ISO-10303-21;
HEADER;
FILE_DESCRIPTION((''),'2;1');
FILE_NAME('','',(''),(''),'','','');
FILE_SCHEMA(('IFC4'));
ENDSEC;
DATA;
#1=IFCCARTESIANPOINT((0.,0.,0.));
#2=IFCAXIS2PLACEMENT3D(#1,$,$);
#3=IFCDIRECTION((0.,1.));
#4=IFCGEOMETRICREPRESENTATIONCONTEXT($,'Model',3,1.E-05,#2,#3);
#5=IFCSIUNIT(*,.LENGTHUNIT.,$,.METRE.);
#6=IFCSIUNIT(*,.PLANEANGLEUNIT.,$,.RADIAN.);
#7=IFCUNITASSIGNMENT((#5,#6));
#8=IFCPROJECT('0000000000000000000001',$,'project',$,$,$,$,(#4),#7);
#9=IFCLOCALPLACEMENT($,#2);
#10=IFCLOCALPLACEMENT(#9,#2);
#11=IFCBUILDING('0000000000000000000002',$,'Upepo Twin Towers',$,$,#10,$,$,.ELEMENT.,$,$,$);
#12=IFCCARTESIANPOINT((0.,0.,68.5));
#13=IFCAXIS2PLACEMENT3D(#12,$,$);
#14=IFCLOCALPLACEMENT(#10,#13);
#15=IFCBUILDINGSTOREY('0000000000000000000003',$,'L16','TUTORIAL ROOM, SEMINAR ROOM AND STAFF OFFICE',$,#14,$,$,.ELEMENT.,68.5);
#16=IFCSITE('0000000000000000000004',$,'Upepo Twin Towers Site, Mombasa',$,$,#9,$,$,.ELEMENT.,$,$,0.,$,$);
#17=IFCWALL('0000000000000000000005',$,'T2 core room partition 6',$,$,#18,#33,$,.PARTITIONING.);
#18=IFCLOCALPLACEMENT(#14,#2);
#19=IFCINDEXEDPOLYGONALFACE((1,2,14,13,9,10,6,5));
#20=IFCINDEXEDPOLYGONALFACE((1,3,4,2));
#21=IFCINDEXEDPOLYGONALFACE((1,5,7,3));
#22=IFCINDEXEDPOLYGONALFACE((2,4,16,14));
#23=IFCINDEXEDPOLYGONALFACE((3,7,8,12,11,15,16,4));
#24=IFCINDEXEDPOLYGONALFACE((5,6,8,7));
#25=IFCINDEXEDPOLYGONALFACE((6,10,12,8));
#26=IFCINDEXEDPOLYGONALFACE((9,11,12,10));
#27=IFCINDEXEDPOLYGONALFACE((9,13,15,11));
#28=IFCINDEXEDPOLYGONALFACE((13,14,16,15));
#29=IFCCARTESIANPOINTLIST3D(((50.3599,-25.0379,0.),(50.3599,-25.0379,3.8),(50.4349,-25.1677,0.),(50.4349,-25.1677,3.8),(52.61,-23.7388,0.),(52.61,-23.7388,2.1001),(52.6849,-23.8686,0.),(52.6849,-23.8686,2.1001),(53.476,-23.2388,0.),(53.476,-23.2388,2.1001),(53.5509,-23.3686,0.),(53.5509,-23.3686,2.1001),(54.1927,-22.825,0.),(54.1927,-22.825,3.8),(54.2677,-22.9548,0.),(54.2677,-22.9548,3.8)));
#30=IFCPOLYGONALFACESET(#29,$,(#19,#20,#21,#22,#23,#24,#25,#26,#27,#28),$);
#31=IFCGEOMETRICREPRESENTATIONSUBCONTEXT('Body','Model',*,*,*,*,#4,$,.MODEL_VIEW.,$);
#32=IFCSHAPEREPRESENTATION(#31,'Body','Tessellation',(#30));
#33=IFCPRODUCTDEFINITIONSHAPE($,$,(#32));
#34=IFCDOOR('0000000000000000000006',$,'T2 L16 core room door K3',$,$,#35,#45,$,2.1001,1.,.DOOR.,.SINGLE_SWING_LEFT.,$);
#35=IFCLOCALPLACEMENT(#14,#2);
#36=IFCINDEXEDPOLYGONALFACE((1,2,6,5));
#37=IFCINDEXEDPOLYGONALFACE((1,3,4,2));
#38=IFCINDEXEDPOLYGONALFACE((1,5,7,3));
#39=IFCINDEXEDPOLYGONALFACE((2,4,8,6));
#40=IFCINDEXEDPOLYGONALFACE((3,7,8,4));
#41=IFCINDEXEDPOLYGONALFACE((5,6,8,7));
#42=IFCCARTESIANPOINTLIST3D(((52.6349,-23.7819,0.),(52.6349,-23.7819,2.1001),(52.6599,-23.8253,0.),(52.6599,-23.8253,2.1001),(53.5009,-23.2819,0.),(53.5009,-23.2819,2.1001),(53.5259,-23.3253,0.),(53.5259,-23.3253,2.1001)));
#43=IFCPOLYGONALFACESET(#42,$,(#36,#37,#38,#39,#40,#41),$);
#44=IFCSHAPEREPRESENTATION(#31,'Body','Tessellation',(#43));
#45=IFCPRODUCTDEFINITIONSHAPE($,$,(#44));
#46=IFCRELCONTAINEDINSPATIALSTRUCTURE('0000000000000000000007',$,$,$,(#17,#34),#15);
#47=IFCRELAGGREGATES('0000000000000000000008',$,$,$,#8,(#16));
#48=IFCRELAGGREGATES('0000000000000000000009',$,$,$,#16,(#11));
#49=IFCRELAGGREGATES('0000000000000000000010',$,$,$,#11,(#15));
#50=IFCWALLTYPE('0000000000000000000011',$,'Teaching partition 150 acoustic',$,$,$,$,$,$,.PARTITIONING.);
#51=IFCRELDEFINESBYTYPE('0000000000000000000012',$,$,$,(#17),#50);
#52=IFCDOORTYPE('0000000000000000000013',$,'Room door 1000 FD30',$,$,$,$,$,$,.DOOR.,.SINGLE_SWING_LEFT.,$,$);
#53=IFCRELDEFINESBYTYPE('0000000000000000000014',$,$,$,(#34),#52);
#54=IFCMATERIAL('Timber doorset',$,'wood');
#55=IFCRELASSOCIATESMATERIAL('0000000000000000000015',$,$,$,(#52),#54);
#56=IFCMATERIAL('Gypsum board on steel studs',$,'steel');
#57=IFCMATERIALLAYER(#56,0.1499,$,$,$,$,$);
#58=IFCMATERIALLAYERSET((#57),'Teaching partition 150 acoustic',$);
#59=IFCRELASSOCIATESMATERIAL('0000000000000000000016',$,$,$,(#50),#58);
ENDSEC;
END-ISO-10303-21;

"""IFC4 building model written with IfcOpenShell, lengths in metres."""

from ifc_helpers import new_model, si_unit, direction, frame, frame_2d, origin, place, context, subcontext, project, spatial, rectangle, extrude, material, layer, layer_set, type_object, element, fill, save


model = new_model("IFC4")

# Units and contexts
model_context = context("Model", 3, precision=1e-05, world=origin(), true_north=direction((0.0, 1.0)))
body_context = subcontext(model_context, "Body", "Model", "MODEL_VIEW")
ifc_project = project(units=[si_unit("LENGTHUNIT", "METRE"), si_unit("PLANEANGLEUNIT", "RADIAN")], contexts=[model_context])

# Site, building, storey
site_placement = place(None, origin())
site = spatial("IfcSite", under=ifc_project, at=site_placement, Name="Upepo Twin Towers Site, Mombasa", CompositionType="ELEMENT", RefElevation=0.0)
building_placement = place(site_placement, origin())
building = spatial("IfcBuilding", under=site, at=building_placement, Name="Upepo Twin Towers", CompositionType="ELEMENT")
storey_placement = place(building_placement, frame((0.0, 0.0, 68.5)))
storey = spatial("IfcBuildingStorey", under=building, at=storey_placement, Name="L16", Description="TUTORIAL ROOM, SEMINAR ROOM AND STAFF OFFICE", CompositionType="ELEMENT", Elevation=68.5)

# Shared definitions
ifc_material_1 = material(Name="Timber doorset", Category="wood")
door_type_1 = type_object("IfcDoorType", Name="Room door 1000 FD30", OperationType="SINGLE_SWING_LEFT", PredefinedType="DOOR", material=ifc_material_1)

# Wall, opening, door
ifc_material_2 = material(Name="Gypsum board on steel studs", Category="steel")
ifc_layer_1 = layer(ifc_material_2, 0.1499)
ifc_layer_set_1 = layer_set([ifc_layer_1], Name="Teaching partition 150 acoustic")
wall_type_1 = type_object("IfcWallType", Name="Teaching partition 150 acoustic", PredefinedType="PARTITIONING", material=ifc_layer_set_1)
wall_1_placement = place(storey_placement, frame((54.2302, -22.8899, 0.0), z_axis=(0.0, 0.0, 1.0), x_axis=(-0.866021, -0.500007, 0.0)))
wall_1 = element("IfcWall", 1, at=wall_1_placement, inside=storey, type_object=wall_type_1, Name="T2 core room partition 6", PredefinedType="PARTITIONING", context=body_context, shape_type="SweptSolid", body=[
    extrude(rectangle(XDim=4.4258, YDim=0.1499, at=frame_2d((2.2129, 0.0))), origin(), (0.0, 0.0, 1.0), 3.8),
])
opening_1_placement = place(wall_1_placement, frame((0.8276, 0.0, 0.0)))
opening_1 = element("IfcOpeningElement", 2, at=opening_1_placement, cuts=wall_1, PredefinedType="OPENING", context=body_context, shape_type="SweptSolid", body=[
    extrude(rectangle(XDim=1.0, YDim=2.1001, at=frame_2d((0.5, 1.05))), frame((0.0, 0.085, 0.0), z_axis=(0.0, -1.0, 0.0), x_axis=(1.0, 0.0, 0.0)), (0.0, 0.0, 1.0), 0.1699),
])
door_1_placement = place(opening_1_placement, origin())
door_1 = element("IfcDoor", 3, at=door_1_placement, inside=storey, type_object=door_type_1, Name="T2 L16 core room door K3", OperationType="SINGLE_SWING_LEFT", OverallHeight=2.1001, OverallWidth=1.0, PredefinedType="DOOR", context=body_context, shape_type="SweptSolid", body=[
    extrude(rectangle(XDim=1.0, YDim=2.1001, at=frame_2d((0.5, 1.05))), frame((0.0, 0.0249, 0.0), z_axis=(0.0, -1.0, 0.0), x_axis=(1.0, 0.0, 0.0)), (0.0, 0.0, 1.0), 0.05),
])
fill(opening_1, door_1)

save(model, "model.ifc")
